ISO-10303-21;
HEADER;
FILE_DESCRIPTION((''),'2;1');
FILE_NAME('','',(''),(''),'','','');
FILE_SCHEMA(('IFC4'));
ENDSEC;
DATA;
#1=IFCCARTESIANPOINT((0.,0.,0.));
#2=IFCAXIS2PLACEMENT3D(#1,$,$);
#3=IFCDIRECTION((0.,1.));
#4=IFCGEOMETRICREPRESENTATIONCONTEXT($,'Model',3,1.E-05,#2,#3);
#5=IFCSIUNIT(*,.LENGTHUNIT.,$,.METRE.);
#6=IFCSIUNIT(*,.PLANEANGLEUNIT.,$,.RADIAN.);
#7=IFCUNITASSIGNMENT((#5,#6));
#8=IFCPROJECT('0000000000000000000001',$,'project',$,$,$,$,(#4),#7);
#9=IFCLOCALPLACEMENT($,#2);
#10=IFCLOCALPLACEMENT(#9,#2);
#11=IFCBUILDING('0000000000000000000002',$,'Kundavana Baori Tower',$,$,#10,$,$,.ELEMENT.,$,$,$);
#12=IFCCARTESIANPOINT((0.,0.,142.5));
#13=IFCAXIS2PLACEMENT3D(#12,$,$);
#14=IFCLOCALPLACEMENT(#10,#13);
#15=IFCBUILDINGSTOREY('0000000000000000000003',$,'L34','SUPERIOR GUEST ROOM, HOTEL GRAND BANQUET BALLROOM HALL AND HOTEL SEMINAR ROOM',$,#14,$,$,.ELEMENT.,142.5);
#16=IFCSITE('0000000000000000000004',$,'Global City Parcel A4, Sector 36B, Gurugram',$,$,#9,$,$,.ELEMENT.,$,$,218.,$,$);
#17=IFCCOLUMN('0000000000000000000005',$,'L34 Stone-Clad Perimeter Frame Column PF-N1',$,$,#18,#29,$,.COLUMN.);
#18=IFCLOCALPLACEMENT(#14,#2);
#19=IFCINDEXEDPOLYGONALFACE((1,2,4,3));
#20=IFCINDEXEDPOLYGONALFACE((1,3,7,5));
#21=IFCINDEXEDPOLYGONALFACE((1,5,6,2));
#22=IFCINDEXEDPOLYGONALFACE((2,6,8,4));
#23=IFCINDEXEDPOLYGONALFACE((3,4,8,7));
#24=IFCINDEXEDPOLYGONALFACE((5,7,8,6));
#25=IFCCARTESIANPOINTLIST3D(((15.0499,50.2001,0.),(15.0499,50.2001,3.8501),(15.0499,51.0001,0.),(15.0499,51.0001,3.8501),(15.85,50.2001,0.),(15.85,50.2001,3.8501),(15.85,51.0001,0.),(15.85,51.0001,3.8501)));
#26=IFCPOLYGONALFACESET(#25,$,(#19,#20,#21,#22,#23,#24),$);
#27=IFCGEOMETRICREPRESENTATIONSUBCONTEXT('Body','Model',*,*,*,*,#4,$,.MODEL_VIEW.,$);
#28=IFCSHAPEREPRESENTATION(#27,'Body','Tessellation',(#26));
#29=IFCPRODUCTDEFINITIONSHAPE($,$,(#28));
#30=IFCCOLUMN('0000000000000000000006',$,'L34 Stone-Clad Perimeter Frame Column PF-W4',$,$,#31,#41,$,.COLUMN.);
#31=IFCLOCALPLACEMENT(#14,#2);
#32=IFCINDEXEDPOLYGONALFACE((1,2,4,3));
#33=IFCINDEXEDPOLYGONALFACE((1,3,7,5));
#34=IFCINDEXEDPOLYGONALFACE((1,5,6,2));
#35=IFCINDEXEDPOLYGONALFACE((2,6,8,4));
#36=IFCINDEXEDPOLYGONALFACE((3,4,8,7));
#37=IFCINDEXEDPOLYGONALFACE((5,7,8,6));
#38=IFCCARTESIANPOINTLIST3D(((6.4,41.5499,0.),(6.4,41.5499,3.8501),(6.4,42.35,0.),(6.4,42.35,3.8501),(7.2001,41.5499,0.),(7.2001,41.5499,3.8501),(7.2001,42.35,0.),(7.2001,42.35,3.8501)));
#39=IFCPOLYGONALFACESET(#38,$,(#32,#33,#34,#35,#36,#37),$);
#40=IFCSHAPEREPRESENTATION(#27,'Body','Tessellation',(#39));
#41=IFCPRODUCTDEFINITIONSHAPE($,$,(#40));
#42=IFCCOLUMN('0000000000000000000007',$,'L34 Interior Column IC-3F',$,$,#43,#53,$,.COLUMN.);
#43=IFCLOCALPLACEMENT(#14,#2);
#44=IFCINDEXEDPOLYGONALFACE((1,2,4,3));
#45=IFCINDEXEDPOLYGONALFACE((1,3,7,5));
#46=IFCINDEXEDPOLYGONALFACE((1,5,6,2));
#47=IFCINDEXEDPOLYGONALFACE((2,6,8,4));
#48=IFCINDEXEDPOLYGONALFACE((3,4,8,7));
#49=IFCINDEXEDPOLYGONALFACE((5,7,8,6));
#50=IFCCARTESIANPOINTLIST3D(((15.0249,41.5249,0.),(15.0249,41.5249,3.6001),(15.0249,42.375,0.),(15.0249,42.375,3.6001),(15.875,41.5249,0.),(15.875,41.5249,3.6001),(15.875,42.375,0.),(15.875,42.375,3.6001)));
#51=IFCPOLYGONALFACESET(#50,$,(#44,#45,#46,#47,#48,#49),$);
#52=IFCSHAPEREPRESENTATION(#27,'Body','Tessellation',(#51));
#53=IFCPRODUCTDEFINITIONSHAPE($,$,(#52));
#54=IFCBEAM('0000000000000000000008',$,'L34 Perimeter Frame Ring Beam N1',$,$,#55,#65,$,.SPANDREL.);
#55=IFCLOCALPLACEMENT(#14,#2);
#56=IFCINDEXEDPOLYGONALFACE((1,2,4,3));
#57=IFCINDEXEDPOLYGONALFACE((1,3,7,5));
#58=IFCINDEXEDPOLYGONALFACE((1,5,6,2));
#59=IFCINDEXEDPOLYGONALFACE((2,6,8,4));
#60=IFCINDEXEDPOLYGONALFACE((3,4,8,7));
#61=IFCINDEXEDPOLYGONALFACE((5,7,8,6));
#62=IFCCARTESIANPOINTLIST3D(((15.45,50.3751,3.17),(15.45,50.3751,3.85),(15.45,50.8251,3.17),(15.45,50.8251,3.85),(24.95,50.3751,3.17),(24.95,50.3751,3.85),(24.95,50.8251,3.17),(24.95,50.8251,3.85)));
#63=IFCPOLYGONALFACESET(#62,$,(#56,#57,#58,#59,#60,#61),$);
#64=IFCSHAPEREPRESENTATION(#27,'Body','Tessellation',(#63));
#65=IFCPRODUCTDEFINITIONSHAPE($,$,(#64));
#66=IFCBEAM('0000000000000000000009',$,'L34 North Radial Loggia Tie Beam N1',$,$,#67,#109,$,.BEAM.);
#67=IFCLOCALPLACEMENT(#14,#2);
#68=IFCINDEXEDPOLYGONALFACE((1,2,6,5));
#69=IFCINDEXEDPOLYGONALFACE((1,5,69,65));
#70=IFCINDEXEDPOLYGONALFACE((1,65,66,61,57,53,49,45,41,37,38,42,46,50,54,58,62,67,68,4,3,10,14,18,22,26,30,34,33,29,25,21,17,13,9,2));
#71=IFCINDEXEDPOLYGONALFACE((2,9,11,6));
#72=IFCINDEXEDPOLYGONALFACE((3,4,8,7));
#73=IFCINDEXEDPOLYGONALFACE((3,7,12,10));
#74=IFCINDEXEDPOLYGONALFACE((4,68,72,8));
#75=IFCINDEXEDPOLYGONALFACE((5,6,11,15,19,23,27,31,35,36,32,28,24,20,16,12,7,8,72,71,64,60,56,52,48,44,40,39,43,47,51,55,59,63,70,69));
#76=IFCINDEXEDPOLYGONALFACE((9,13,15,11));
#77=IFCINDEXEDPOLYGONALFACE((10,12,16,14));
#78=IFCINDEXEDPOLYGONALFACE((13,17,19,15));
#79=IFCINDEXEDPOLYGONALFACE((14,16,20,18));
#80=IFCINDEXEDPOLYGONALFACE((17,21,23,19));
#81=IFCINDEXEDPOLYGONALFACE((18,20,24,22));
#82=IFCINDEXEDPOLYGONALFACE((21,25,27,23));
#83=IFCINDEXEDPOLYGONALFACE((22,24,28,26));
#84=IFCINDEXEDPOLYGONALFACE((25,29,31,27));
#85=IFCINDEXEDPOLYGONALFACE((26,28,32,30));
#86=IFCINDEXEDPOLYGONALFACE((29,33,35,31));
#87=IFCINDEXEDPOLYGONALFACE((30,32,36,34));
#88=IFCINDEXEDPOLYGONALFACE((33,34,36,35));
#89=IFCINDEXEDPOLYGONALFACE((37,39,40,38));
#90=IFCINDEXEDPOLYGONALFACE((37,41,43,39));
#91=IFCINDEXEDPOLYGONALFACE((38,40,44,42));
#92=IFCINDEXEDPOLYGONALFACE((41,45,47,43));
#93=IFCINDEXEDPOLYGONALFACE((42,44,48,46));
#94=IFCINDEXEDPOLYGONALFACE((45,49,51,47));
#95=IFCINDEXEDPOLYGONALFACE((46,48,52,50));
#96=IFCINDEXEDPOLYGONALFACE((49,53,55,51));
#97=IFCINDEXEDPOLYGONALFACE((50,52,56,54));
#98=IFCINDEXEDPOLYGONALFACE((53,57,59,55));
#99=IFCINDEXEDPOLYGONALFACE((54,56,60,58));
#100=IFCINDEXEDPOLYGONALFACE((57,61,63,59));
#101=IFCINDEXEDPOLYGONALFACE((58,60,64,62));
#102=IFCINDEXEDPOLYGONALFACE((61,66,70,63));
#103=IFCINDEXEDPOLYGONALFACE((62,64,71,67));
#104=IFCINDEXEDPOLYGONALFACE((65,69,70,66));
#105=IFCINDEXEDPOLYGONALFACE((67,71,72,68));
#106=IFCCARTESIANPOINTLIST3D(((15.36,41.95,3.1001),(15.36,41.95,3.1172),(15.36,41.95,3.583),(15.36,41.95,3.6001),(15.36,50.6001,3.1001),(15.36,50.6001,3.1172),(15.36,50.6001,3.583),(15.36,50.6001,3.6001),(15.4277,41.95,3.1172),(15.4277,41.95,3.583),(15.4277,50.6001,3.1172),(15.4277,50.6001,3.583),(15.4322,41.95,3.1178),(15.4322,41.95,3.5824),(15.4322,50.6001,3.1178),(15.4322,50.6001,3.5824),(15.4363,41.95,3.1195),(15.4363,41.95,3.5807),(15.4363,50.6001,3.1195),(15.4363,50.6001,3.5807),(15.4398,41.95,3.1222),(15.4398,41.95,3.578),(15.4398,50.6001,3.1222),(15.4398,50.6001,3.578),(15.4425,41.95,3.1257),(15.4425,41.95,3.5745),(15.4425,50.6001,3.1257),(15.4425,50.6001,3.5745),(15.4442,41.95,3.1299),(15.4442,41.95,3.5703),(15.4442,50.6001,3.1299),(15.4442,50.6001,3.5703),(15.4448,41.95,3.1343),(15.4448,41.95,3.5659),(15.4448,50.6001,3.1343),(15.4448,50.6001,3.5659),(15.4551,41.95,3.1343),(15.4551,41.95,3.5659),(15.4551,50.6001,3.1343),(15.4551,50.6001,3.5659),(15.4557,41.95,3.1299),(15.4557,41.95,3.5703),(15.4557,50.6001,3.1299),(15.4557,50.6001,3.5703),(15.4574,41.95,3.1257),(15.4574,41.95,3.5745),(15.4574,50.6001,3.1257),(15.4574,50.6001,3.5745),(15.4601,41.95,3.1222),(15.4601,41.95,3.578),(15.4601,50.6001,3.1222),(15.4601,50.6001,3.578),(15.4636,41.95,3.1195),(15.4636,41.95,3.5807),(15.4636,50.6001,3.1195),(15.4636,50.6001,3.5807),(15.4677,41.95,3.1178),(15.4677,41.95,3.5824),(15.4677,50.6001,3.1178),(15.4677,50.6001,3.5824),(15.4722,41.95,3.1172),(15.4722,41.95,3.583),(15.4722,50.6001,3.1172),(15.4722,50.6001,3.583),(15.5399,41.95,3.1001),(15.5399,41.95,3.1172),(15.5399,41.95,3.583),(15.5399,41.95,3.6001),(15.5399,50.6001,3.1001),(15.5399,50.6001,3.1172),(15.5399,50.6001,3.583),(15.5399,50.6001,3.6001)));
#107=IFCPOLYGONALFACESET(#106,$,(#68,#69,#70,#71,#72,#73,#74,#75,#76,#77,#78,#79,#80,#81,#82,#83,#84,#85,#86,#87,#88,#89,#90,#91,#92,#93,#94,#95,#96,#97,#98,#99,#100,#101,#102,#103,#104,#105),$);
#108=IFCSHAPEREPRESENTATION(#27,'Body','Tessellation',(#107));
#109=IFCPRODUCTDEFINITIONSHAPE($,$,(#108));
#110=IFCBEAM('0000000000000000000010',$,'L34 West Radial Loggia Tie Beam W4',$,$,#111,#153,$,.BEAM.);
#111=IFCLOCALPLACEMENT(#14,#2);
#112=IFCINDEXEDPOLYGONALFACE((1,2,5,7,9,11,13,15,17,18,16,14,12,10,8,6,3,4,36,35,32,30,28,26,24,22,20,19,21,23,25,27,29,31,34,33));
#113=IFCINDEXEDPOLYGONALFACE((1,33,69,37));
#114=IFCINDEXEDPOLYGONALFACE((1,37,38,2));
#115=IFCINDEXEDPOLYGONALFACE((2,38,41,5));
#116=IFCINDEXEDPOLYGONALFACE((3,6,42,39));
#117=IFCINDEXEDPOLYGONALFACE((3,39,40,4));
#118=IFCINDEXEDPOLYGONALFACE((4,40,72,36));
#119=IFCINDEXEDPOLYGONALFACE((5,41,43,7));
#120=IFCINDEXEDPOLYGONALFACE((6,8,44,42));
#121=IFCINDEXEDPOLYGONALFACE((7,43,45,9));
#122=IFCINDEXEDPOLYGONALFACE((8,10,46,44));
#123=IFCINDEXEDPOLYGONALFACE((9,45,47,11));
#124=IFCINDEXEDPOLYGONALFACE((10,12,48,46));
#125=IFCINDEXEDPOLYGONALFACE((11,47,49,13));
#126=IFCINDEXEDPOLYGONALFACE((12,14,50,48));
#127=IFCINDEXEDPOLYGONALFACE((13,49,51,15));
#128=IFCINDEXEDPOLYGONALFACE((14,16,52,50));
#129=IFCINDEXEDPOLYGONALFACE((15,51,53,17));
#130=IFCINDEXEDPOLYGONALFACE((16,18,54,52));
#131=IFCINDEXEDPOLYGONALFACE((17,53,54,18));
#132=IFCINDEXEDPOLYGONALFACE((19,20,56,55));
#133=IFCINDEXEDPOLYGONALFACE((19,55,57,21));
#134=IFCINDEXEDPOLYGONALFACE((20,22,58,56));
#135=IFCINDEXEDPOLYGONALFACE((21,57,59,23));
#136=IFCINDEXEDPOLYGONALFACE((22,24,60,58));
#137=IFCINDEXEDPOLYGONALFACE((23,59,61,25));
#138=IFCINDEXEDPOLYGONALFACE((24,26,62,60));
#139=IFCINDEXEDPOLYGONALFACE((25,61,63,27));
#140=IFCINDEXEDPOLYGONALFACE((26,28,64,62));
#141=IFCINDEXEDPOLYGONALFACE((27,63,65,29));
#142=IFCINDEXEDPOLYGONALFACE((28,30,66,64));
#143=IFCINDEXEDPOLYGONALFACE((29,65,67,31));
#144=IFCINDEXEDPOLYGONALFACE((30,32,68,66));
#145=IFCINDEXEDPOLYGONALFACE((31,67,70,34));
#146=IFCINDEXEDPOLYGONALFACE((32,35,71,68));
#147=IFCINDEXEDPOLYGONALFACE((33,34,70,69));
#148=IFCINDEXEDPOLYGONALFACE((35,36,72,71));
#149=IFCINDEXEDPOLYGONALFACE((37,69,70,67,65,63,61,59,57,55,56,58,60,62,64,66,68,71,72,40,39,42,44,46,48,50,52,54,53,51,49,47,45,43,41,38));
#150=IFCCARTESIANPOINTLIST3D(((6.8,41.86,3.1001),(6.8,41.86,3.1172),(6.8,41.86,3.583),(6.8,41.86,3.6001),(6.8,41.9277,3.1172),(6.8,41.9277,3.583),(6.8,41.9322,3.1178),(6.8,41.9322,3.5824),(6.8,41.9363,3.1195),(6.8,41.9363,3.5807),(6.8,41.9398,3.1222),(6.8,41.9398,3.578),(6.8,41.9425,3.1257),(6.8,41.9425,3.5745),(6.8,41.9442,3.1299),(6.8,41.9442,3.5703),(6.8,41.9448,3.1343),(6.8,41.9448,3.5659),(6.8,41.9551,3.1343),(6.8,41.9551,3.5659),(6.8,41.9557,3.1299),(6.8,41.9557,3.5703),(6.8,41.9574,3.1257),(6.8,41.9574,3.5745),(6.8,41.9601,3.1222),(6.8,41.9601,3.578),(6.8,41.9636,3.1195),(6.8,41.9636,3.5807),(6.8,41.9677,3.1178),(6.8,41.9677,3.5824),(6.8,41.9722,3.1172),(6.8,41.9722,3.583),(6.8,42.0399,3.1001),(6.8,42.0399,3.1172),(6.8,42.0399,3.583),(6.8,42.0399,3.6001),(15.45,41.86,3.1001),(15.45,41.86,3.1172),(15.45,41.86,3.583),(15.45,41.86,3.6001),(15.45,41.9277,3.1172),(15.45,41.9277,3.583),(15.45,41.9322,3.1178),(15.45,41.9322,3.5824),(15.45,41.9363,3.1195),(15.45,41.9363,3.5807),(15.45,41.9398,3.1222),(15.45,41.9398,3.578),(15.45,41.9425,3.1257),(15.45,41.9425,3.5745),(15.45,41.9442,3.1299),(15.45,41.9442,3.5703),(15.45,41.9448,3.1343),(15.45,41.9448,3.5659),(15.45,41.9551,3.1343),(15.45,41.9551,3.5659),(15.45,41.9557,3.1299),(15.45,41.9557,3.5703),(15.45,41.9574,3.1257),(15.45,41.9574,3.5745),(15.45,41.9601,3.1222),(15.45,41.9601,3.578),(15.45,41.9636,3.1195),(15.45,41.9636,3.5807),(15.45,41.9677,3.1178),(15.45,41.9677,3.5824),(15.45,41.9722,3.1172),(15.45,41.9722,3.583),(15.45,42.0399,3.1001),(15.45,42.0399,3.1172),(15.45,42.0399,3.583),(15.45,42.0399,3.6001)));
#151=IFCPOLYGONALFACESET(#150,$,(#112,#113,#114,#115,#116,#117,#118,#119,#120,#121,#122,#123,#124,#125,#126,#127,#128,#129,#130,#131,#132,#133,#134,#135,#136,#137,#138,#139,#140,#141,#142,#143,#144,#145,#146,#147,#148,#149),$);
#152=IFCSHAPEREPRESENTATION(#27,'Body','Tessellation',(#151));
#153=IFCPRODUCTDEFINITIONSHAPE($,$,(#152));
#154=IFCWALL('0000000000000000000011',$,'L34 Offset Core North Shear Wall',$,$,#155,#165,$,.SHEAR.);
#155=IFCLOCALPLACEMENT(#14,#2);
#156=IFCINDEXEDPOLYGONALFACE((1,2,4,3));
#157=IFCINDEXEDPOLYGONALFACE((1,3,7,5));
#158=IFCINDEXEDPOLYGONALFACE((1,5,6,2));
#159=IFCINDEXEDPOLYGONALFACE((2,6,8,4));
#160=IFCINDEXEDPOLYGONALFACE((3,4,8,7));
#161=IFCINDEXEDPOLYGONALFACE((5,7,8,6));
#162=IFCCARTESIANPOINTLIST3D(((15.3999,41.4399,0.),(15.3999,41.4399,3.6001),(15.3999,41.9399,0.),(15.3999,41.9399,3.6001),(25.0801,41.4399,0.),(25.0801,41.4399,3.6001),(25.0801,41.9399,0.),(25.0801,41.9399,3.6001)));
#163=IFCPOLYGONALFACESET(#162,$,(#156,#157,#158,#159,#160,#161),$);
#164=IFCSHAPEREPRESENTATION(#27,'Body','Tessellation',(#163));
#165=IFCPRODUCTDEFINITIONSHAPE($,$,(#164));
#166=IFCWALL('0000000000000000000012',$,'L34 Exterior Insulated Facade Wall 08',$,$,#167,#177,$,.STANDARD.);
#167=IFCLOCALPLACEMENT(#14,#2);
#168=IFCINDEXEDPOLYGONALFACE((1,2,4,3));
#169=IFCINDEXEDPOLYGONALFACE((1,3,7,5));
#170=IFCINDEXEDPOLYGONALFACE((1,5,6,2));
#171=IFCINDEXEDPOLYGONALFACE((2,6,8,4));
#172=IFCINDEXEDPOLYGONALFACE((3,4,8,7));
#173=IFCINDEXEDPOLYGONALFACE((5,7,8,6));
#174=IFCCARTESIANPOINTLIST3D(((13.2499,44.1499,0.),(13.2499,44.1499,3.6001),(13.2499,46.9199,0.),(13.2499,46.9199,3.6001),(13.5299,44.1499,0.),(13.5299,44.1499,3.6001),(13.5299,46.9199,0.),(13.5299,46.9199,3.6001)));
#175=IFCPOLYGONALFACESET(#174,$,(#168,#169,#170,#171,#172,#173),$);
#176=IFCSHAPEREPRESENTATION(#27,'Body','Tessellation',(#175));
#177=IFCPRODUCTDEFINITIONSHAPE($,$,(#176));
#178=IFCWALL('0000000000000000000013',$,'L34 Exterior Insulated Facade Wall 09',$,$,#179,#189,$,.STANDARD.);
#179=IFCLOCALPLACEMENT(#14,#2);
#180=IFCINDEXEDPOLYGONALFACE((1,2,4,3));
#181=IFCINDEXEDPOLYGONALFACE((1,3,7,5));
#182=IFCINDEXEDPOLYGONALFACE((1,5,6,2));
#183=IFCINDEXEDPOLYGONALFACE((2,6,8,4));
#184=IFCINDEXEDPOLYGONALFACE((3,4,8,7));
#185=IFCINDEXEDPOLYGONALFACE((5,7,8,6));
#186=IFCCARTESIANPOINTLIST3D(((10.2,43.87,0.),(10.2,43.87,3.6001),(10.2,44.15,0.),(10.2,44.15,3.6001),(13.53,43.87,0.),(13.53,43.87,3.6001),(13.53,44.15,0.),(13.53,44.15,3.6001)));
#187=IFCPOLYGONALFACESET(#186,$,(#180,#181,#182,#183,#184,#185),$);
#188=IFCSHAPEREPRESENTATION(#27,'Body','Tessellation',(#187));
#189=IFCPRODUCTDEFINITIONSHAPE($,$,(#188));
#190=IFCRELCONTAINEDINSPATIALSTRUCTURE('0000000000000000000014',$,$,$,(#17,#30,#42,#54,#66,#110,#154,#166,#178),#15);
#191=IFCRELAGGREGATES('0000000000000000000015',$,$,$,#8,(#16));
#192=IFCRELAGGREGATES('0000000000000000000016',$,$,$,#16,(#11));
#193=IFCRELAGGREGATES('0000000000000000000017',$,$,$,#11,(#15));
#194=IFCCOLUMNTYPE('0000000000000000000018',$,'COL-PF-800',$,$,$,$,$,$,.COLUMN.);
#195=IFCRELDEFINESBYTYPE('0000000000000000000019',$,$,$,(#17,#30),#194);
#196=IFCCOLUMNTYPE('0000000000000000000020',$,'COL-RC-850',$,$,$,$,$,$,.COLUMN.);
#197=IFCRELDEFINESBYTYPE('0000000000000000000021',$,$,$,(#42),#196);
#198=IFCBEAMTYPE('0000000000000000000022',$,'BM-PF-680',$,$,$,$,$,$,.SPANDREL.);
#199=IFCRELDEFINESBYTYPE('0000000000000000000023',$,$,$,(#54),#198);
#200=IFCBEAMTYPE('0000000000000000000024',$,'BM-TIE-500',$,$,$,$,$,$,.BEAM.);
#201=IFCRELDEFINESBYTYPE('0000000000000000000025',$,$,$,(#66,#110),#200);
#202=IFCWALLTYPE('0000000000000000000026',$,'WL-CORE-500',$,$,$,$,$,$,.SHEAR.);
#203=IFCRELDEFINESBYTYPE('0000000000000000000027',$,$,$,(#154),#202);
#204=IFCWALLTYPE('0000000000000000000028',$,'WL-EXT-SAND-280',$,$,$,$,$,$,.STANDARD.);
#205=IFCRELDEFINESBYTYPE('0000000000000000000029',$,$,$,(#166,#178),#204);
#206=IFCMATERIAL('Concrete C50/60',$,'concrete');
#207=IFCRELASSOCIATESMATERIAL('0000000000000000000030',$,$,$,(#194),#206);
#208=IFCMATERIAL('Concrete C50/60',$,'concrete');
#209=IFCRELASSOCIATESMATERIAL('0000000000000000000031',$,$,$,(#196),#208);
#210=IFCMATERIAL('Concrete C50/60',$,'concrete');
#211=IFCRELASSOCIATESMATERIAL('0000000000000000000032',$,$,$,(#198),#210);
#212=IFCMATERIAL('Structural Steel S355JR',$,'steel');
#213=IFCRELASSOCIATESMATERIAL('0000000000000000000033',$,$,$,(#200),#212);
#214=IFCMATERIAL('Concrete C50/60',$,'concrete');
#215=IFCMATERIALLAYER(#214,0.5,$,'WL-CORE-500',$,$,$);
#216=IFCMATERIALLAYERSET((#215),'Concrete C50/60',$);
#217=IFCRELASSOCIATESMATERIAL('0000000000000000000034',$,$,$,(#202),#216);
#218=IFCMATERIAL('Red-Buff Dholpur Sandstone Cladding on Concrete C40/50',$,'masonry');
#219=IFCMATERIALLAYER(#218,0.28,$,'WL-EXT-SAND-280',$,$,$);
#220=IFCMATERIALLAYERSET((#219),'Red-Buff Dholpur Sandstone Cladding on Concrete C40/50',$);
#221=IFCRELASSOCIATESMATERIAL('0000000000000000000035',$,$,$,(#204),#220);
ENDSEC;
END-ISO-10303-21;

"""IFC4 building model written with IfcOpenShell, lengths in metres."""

from ifc_helpers import new_model, si_unit, direction, frame, frame_2d, origin, origin_2d, place, context, subcontext, project, spatial, rectangle, i_section, extrude, material, layer, layer_set, material_profile, profile_set, type_object, element, save


model = new_model("IFC4")

# Units and contexts
model_context = context("Model", 3, precision=1e-05, world=origin(), true_north=direction((0.0, 1.0)))
body_context = subcontext(model_context, "Body", "Model", "MODEL_VIEW")
ifc_project = project(units=[si_unit("LENGTHUNIT", "METRE"), si_unit("PLANEANGLEUNIT", "RADIAN")], contexts=[model_context])

# Site, building, storey
site_placement = place(None, origin())
site = spatial("IfcSite", under=ifc_project, at=site_placement, Name="Global City Parcel A4, Sector 36B, Gurugram", CompositionType="ELEMENT", RefElevation=218.0)
building_placement = place(site_placement, origin())
building = spatial("IfcBuilding", under=site, at=building_placement, Name="Kundavana Baori Tower", CompositionType="ELEMENT")
storey_placement = place(building_placement, frame((0.0, 0.0, 142.5)))
storey = spatial("IfcBuildingStorey", under=building, at=storey_placement, Name="L34", Description="SUPERIOR GUEST ROOM, HOTEL GRAND BANQUET BALLROOM HALL AND HOTEL SEMINAR ROOM", CompositionType="ELEMENT", Elevation=142.5)

# Columns
ifc_material_1 = material(Name="Concrete C50/60", Category="concrete")
ifc_material_profile_1 = material_profile(ifc_material_1, rectangle(XDim=0.8, YDim=0.8, at=origin_2d()), Name="RC PF 800x800")
ifc_profile_set_1 = profile_set([ifc_material_profile_1], Name="Concrete C50/60")
column_type_1 = type_object("IfcColumnType", Name="COL-PF-800", PredefinedType="COLUMN", material=ifc_profile_set_1)
for number, where, z_axis, x_axis, name in (
    (1, (15.45, 50.6001, 0.0), (0.0, 0.0, 1.0), (1.0, 0.0, 0.0), "L34 Stone-Clad Perimeter Frame Column PF-N1"),
    (2, (6.8, 41.95, 0.0), (0.0, 0.0, 1.0), (1.0, 0.0, 0.0), "L34 Stone-Clad Perimeter Frame Column PF-W4"),
):
    element("IfcColumn", number, at=place(storey_placement, frame(where, z_axis=z_axis, x_axis=x_axis)), inside=storey, type_object=column_type_1, Name=name, PredefinedType="COLUMN", context=body_context, shape_type="SweptSolid", body=[
        extrude(rectangle(XDim=0.8, YDim=0.8, at=origin_2d()), origin(), (0.0, 0.0, 1.0), 3.8501),
    ])
ifc_material_2 = material(Name="Concrete C50/60", Category="concrete")
ifc_material_profile_2 = material_profile(ifc_material_2, rectangle(XDim=0.8501, YDim=0.8501, at=origin_2d()), Name="RC 850x850")
ifc_profile_set_2 = profile_set([ifc_material_profile_2], Name="Concrete C50/60")
column_type_2 = type_object("IfcColumnType", Name="COL-RC-850", PredefinedType="COLUMN", material=ifc_profile_set_2)
column_placement = place(storey_placement, frame((15.45, 41.95, 0.0), z_axis=(0.0, 0.0, 1.0), x_axis=(1.0, 0.0, 0.0)))
element("IfcColumn", 3, at=column_placement, inside=storey, type_object=column_type_2, Name="L34 Interior Column IC-3F", PredefinedType="COLUMN", context=body_context, shape_type="SweptSolid", body=[
    extrude(rectangle(XDim=0.8501, YDim=0.8501, at=origin_2d()), origin(), (0.0, 0.0, 1.0), 3.6001),
])

# Beams
ifc_material_3 = material(Name="Concrete C50/60", Category="concrete")
ifc_material_profile_3 = material_profile(ifc_material_3, rectangle(XDim=0.45, YDim=0.6799, at=origin_2d()), Name="RC BM 450x680")
ifc_profile_set_3 = profile_set([ifc_material_profile_3], Name="Concrete C50/60")
beam_type_1 = type_object("IfcBeamType", Name="BM-PF-680", PredefinedType="SPANDREL", material=ifc_profile_set_3)
beam_1_placement = place(storey_placement, frame((15.45, 50.6001, 3.51), z_axis=(1.0, 0.0, 0.0), x_axis=(0.0, 1.0, 0.0)))
element("IfcBeam", 4, at=beam_1_placement, inside=storey, type_object=beam_type_1, Name="L34 Perimeter Frame Ring Beam N1", PredefinedType="SPANDREL", context=body_context, shape_type="SweptSolid", body=[
    extrude(rectangle(XDim=0.45, YDim=0.6799, at=origin_2d()), origin(), (0.0, 0.0, 1.0), 9.5),
])
ifc_material_4 = material(Name="Structural Steel S355JR", Category="steel")
ifc_material_profile_4 = material_profile(ifc_material_4, i_section(OverallWidth=0.1799, OverallDepth=0.5, WebThickness=0.0103, FlangeThickness=0.0171, FilletRadius=0.0171, at=origin_2d()), Name="ISMB 500")
ifc_profile_set_4 = profile_set([ifc_material_profile_4], Name="Structural Steel S355JR")
beam_type_2 = type_object("IfcBeamType", Name="BM-TIE-500", PredefinedType="BEAM", material=ifc_profile_set_4)
beam_2_placement = place(storey_placement, frame((15.45, 41.95, 3.3501), z_axis=(0.0, 1.0, 0.0), x_axis=(-1.0, 0.0, 0.0)))
element("IfcBeam", 5, at=beam_2_placement, inside=storey, type_object=beam_type_2, Name="L34 North Radial Loggia Tie Beam N1", PredefinedType="BEAM", context=body_context, shape_type="SweptSolid", body=[
    extrude(i_section(OverallWidth=0.1799, OverallDepth=0.5, WebThickness=0.0103, FlangeThickness=0.0171, FilletRadius=0.0171, at=origin_2d()), origin(), (0.0, 0.0, 1.0), 8.6501),
])
beam_3_placement = place(storey_placement, frame((15.45, 41.95, 3.3501), z_axis=(-1.0, 0.0, 0.0), x_axis=(0.0, -1.0, 0.0)))
element("IfcBeam", 6, at=beam_3_placement, inside=storey, type_object=beam_type_2, Name="L34 West Radial Loggia Tie Beam W4", PredefinedType="BEAM", context=body_context, shape_type="SweptSolid", body=[
    extrude(i_section(OverallWidth=0.1799, OverallDepth=0.5, WebThickness=0.0103, FlangeThickness=0.0171, FilletRadius=0.0171, at=origin_2d()), origin(), (0.0, 0.0, 1.0), 8.6499),
])

# Walls
ifc_material_5 = material(Name="Concrete C50/60", Category="concrete")
ifc_layer_1 = layer(ifc_material_5, 0.5, Name="WL-CORE-500")
ifc_layer_set_1 = layer_set([ifc_layer_1], Name="Concrete C50/60")
wall_type_1 = type_object("IfcWallType", Name="WL-CORE-500", PredefinedType="SHEAR", material=ifc_layer_set_1)
wall_1_placement = place(storey_placement, frame((15.3999, 41.6899, 0.0), z_axis=(0.0, 0.0, 1.0), x_axis=(1.0, 0.0, 0.0)))
element("IfcWall", 7, at=wall_1_placement, inside=storey, type_object=wall_type_1, Name="L34 Offset Core North Shear Wall", PredefinedType="SHEAR", context=body_context, shape_type="SweptSolid", body=[
    extrude(rectangle(XDim=9.6802, YDim=0.5, at=frame_2d((4.8401, 0.0))), origin(), (0.0, 0.0, 1.0), 3.6001),
])
ifc_material_6 = material(Name="Red-Buff Dholpur Sandstone Cladding on Concrete C40/50", Category="masonry")
ifc_layer_2 = layer(ifc_material_6, 0.28, Name="WL-EXT-SAND-280")
ifc_layer_set_2 = layer_set([ifc_layer_2], Name="Red-Buff Dholpur Sandstone Cladding on Concrete C40/50")
wall_type_2 = type_object("IfcWallType", Name="WL-EXT-SAND-280", PredefinedType="STANDARD", material=ifc_layer_set_2)
wall_2_placement = place(storey_placement, frame((13.3899, 46.9199, 0.0), z_axis=(0.0, 0.0, 1.0), x_axis=(0.0, -1.0, 0.0)))
element("IfcWall", 8, at=wall_2_placement, inside=storey, type_object=wall_type_2, Name="L34 Exterior Insulated Facade Wall 08", PredefinedType="STANDARD", context=body_context, shape_type="SweptSolid", body=[
    extrude(rectangle(XDim=2.77, YDim=0.28, at=frame_2d((1.385, 0.0))), origin(), (0.0, 0.0, 1.0), 3.6001),
])
wall_3_placement = place(storey_placement, frame((13.53, 44.01, 0.0), z_axis=(0.0, 0.0, 1.0), x_axis=(-1.0, 0.0, 0.0)))
element("IfcWall", 9, at=wall_3_placement, inside=storey, type_object=wall_type_2, Name="L34 Exterior Insulated Facade Wall 09", PredefinedType="STANDARD", context=body_context, shape_type="SweptSolid", body=[
    extrude(rectangle(XDim=3.3301, YDim=0.28, at=frame_2d((1.665, 0.0))), origin(), (0.0, 0.0, 1.0), 3.6001),
])

save(model, "model.ifc")
